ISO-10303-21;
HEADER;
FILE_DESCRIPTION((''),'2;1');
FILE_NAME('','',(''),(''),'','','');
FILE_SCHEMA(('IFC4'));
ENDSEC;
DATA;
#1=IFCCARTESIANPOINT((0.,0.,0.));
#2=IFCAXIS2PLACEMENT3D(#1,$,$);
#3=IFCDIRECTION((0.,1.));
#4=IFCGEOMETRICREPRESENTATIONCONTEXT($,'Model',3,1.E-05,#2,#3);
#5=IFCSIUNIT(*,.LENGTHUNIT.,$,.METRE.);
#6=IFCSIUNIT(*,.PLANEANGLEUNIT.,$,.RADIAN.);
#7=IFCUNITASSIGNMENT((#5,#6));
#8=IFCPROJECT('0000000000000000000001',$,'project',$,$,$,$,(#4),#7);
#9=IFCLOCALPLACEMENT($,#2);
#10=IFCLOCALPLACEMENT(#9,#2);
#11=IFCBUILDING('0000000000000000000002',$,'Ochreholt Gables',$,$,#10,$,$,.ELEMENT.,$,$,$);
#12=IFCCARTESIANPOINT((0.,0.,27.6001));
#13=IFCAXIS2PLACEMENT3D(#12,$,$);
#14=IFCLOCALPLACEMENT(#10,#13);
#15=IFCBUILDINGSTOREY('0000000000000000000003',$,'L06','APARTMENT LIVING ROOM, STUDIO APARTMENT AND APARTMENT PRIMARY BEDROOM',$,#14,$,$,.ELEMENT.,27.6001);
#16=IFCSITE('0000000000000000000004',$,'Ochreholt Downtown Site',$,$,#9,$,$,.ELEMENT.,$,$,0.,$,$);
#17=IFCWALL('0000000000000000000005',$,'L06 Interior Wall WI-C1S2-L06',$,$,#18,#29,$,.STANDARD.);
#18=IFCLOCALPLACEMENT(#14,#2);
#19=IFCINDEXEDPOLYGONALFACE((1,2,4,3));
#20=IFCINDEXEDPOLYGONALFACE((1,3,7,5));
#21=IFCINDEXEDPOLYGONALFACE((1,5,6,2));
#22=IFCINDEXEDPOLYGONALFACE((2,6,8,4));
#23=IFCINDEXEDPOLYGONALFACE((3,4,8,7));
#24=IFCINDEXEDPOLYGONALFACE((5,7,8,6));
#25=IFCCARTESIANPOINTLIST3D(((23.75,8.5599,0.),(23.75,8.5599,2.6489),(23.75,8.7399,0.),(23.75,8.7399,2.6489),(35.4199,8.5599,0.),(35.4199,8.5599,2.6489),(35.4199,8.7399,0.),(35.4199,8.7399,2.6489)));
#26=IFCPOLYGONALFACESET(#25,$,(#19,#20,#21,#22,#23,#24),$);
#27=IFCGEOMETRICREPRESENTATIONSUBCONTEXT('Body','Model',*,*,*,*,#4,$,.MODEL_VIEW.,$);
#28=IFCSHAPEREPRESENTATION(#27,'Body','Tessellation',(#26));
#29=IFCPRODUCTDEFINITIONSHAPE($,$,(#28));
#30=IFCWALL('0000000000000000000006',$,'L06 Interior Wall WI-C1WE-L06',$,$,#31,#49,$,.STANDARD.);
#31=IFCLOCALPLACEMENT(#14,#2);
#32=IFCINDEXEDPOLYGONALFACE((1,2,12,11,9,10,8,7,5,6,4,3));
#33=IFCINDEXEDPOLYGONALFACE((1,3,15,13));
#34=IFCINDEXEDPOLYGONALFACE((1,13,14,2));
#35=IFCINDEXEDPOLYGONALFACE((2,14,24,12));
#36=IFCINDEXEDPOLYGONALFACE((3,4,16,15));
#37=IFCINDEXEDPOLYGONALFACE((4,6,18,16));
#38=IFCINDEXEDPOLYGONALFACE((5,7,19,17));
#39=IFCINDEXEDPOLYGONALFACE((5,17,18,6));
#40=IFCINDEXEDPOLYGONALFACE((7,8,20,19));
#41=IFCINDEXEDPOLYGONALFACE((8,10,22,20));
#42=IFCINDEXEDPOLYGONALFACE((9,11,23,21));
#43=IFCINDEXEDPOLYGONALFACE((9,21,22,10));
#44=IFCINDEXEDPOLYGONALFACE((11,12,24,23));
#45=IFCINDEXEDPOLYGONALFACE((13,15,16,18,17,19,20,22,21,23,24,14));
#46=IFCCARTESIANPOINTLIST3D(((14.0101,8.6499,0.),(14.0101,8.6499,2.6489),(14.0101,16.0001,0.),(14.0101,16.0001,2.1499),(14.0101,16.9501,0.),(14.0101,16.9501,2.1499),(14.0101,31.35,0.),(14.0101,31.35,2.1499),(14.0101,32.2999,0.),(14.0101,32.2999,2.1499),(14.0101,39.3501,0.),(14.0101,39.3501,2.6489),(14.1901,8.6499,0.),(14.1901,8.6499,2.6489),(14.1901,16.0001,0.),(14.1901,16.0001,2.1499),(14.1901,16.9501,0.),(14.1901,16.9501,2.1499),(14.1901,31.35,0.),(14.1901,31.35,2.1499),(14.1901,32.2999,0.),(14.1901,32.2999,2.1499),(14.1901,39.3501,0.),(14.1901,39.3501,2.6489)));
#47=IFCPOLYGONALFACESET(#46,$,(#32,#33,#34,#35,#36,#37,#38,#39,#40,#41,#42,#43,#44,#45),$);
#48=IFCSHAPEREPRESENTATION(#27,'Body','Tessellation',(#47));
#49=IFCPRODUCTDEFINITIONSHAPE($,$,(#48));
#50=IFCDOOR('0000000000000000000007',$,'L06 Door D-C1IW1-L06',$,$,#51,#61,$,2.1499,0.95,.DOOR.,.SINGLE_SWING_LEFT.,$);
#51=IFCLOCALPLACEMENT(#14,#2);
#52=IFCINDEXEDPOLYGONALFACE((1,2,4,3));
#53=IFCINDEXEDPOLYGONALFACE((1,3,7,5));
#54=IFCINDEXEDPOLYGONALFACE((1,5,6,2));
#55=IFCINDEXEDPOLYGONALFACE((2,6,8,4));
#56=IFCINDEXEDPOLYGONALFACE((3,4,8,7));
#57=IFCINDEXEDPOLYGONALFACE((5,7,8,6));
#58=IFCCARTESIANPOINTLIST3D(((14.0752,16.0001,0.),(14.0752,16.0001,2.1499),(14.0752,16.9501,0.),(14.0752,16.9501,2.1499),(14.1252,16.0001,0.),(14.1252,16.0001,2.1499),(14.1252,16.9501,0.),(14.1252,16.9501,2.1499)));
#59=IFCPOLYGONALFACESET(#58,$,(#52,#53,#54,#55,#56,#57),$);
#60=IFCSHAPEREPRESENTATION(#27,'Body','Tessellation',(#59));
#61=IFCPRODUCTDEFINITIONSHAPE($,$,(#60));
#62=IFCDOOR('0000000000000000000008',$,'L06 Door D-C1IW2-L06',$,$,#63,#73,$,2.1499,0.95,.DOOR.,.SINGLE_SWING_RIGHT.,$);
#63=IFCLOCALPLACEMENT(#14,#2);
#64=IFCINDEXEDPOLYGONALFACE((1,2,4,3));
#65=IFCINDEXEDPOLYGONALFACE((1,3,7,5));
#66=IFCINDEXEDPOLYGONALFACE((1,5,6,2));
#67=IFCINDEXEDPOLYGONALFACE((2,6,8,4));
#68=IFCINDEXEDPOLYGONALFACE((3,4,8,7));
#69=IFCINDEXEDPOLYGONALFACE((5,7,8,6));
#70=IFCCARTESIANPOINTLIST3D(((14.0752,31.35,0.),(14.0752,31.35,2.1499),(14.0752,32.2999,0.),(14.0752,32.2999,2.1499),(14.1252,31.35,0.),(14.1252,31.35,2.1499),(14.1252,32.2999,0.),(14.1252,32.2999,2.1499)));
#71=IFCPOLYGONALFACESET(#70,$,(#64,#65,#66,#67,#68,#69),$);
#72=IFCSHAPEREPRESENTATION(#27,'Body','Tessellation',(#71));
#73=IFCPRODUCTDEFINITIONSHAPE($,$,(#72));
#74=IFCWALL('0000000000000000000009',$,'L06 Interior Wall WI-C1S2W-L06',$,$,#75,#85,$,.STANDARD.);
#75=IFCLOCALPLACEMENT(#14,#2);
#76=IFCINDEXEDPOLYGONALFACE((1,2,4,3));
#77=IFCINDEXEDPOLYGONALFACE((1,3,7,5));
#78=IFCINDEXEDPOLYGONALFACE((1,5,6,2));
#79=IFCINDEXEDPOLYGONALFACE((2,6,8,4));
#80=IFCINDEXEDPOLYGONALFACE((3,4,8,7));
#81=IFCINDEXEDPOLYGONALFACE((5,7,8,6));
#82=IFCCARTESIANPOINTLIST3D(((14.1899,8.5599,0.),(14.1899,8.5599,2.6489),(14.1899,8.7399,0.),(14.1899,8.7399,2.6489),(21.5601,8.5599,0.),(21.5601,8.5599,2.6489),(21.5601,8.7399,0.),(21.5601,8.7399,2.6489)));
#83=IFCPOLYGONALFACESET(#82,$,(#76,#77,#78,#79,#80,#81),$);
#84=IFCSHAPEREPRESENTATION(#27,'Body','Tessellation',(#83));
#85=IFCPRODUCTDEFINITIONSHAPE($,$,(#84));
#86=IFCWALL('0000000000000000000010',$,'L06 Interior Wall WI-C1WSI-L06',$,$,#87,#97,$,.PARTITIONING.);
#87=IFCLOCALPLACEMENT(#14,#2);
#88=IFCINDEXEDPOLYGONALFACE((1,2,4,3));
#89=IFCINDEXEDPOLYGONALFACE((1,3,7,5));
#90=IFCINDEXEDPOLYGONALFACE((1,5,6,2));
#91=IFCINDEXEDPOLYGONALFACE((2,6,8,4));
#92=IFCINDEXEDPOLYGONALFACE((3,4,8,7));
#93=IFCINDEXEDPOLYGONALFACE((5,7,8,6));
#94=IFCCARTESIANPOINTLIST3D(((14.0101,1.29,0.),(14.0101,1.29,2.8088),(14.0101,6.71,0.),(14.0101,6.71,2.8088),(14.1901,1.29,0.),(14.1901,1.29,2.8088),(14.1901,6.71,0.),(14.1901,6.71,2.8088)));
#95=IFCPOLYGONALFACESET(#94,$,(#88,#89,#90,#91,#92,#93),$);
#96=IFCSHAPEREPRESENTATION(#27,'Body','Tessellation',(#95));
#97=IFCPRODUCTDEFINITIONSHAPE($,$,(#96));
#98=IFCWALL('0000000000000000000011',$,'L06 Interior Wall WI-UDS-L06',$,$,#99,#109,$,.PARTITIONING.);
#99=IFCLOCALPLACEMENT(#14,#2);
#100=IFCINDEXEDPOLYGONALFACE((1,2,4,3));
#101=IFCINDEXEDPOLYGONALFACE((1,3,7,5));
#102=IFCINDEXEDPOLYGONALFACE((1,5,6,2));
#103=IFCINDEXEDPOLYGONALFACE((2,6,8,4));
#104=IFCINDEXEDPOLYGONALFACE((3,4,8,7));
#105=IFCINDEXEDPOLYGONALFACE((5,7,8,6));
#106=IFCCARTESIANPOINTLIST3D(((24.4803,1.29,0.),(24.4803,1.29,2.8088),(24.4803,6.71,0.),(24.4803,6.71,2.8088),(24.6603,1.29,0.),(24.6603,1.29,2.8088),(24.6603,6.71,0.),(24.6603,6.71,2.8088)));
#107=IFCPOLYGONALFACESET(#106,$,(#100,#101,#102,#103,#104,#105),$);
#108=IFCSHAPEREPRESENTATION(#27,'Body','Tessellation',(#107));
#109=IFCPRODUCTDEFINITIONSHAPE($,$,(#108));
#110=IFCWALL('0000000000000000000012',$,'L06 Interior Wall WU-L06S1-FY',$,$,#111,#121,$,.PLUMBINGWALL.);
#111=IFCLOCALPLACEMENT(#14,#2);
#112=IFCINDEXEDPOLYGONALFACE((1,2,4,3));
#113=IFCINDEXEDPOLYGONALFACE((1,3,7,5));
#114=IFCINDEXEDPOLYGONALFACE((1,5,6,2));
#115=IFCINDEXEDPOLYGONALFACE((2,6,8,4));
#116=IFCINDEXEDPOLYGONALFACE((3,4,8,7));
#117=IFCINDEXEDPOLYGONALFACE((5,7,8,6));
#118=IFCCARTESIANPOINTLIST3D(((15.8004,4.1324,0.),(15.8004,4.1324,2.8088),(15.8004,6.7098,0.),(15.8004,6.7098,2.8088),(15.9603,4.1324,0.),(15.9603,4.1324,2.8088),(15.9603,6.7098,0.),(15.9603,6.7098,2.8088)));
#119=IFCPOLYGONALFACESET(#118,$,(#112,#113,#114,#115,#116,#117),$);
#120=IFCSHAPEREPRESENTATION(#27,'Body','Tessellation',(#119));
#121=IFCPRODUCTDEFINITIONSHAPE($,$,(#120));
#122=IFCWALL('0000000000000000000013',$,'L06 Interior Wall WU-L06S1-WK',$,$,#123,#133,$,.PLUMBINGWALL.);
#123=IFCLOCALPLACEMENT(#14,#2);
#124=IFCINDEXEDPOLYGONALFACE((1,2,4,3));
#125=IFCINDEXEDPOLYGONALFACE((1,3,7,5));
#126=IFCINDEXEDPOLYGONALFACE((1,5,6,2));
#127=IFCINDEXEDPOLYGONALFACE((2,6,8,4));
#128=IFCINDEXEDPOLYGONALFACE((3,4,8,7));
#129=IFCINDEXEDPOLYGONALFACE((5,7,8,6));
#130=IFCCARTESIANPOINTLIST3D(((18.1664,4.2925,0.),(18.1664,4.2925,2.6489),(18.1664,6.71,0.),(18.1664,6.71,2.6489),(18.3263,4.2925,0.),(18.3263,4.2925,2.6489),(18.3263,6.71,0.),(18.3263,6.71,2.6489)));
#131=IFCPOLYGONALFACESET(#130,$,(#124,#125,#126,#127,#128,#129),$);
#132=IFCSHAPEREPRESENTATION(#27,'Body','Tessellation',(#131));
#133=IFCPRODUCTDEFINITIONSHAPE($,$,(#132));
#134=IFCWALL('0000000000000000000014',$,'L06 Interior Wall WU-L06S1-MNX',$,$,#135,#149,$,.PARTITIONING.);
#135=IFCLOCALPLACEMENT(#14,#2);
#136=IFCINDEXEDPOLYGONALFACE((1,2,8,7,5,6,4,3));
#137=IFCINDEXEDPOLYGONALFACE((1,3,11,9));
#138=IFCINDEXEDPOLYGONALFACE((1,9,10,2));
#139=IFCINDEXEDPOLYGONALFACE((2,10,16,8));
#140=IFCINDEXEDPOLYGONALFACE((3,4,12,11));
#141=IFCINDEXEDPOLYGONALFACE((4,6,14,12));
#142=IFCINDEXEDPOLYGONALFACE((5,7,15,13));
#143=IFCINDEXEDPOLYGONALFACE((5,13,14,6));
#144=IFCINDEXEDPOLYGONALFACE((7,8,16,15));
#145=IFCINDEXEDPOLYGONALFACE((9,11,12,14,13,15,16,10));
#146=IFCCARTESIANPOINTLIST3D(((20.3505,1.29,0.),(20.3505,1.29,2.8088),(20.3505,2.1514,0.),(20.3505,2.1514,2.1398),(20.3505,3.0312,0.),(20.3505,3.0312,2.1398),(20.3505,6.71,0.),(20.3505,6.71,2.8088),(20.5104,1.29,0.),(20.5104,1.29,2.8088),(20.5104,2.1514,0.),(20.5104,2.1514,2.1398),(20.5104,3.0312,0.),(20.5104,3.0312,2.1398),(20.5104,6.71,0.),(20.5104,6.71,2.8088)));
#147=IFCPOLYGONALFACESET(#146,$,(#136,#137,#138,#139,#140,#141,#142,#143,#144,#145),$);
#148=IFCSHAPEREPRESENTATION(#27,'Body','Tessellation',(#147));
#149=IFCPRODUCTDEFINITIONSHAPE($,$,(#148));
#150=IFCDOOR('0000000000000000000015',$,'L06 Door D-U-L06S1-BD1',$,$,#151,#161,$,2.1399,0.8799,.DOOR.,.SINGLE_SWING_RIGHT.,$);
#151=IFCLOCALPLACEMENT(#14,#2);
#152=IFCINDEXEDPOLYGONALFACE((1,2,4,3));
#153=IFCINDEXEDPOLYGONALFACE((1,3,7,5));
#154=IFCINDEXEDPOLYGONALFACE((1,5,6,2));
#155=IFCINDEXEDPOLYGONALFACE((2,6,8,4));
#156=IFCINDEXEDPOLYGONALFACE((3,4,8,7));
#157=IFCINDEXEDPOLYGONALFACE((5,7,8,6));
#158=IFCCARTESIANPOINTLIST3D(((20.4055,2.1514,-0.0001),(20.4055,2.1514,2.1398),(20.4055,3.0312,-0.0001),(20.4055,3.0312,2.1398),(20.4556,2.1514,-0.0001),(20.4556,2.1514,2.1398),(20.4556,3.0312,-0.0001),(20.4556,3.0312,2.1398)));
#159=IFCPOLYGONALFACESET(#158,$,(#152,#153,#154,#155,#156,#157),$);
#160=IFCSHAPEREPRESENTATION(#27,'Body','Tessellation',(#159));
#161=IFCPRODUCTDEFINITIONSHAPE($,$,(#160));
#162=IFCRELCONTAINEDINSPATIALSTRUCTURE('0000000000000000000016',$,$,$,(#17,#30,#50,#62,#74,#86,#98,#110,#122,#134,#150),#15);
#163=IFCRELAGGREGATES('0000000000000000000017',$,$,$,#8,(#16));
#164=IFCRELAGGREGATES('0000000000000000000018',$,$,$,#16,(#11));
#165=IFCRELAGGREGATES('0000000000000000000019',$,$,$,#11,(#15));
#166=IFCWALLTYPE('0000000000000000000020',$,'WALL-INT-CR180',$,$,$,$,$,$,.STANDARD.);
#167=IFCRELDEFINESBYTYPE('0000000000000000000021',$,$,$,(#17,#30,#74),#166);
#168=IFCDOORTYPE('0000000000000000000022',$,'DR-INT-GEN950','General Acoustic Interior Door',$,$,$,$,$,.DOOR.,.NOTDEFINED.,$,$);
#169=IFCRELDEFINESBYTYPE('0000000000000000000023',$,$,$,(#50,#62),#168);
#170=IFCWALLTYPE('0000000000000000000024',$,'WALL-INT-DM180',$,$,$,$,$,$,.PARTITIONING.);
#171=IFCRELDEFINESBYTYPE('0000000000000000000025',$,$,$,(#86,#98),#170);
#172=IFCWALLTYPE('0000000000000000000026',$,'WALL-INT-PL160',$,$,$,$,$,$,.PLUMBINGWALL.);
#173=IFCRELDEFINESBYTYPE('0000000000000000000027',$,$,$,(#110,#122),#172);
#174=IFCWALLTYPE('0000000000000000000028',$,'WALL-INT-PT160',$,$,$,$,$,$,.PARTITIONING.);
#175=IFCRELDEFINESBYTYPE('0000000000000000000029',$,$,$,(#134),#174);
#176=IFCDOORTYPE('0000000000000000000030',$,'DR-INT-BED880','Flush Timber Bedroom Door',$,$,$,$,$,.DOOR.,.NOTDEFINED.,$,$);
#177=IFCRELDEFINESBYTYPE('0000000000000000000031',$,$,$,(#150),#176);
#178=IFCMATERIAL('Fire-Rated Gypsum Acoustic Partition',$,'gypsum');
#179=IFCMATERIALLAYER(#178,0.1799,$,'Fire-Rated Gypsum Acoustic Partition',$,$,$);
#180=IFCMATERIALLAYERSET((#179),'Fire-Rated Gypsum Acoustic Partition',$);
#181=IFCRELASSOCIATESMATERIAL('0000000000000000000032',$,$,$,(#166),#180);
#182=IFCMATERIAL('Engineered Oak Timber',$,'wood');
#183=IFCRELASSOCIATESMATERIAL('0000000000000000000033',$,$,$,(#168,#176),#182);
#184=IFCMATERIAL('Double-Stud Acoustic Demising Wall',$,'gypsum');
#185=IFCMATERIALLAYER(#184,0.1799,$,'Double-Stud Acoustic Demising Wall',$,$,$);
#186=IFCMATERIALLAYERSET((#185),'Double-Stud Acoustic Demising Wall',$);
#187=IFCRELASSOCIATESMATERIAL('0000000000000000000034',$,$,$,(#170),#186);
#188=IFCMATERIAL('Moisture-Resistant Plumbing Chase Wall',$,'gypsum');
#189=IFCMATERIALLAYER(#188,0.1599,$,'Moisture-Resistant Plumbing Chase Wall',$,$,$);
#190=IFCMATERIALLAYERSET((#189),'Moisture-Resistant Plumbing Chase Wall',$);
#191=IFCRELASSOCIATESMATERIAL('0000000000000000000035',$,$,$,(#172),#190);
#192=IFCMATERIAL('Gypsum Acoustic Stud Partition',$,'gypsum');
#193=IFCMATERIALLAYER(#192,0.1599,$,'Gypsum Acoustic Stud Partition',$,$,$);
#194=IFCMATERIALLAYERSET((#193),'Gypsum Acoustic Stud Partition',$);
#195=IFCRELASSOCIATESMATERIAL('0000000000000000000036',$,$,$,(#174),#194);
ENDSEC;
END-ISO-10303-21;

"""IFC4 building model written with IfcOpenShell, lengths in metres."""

from ifc_helpers import new_model, si_unit, direction, frame, frame_2d, origin, place, context, subcontext, project, spatial, rectangle, extrude, material, layer, layer_set, type_object, element, fill, save


model = new_model("IFC4")

# Units and contexts
model_context = context("Model", 3, precision=1e-05, world=origin(), true_north=direction((0.0, 1.0)))
body_context = subcontext(model_context, "Body", "Model", "MODEL_VIEW")
ifc_project = project(units=[si_unit("LENGTHUNIT", "METRE"), si_unit("PLANEANGLEUNIT", "RADIAN")], contexts=[model_context])

# Site, building, storey
site_placement = place(None, origin())
site = spatial("IfcSite", under=ifc_project, at=site_placement, Name="Ochreholt Downtown Site", CompositionType="ELEMENT", RefElevation=0.0)
building_placement = place(site_placement, origin())
building = spatial("IfcBuilding", under=site, at=building_placement, Name="Ochreholt Gables", CompositionType="ELEMENT")
storey_placement = place(building_placement, frame((0.0, 0.0, 27.6001)))
storey = spatial("IfcBuildingStorey", under=building, at=storey_placement, Name="L06", Description="APARTMENT LIVING ROOM, STUDIO APARTMENT AND APARTMENT PRIMARY BEDROOM", CompositionType="ELEMENT", Elevation=27.6001)

# Shared definitions
ifc_material_1 = material(Name="Fire-Rated Gypsum Acoustic Partition", Category="gypsum")
ifc_layer_1 = layer(ifc_material_1, 0.1799, Name="Fire-Rated Gypsum Acoustic Partition")
ifc_layer_set_1 = layer_set([ifc_layer_1], Name="Fire-Rated Gypsum Acoustic Partition")
wall_type_1 = type_object("IfcWallType", Name="WALL-INT-CR180", PredefinedType="STANDARD", material=ifc_layer_set_1)

# Shared definitions
ifc_material_2 = material(Name="Engineered Oak Timber", Category="wood")

# Wall
wall_1_placement = place(storey_placement, frame((23.75, 8.6499, 0.0), z_axis=(0.0, 0.0, 1.0), x_axis=(1.0, 0.0, 0.0)))
element("IfcWall", 1, at=wall_1_placement, inside=storey, type_object=wall_type_1, Name="L06 Interior Wall WI-C1S2-L06", PredefinedType="STANDARD", context=body_context, shape_type="SweptSolid", body=[
    extrude(rectangle(XDim=11.6699, YDim=0.1799, at=frame_2d((5.835, 0.0))), origin(), (0.0, 0.0, 1.0), 2.6489),
])

# Wall, openings, doors
wall_2_placement = place(storey_placement, frame((14.1001, 8.6499, 0.0), z_axis=(0.0, 0.0, 1.0), x_axis=(0.0, 1.0, 0.0)))
wall_2 = element("IfcWall", 2, at=wall_2_placement, inside=storey, type_object=wall_type_1, Name="L06 Interior Wall WI-C1WE-L06", PredefinedType="STANDARD", context=body_context, shape_type="SweptSolid", body=[
    extrude(rectangle(XDim=30.7002, YDim=0.1799, at=frame_2d((15.3501, 0.0))), origin(), (0.0, 0.0, 1.0), 2.6489),
])
opening_1_placement = place(wall_2_placement, frame((7.3501, 0.0, 0.0)))
opening_1 = element("IfcOpeningElement", 3, at=opening_1_placement, cuts=wall_2, PredefinedType="OPENING", context=body_context, shape_type="SweptSolid", body=[
    extrude(rectangle(XDim=0.95, YDim=2.1499, at=frame_2d((0.4751, 1.075))), frame((0.0, 0.0999, 0.0), z_axis=(0.0, -1.0, 0.0), x_axis=(1.0, 0.0, 0.0)), (0.0, 0.0, 1.0), 0.2),
])
opening_2_placement = place(wall_2_placement, frame((22.7, 0.0, 0.0)))
opening_2 = element("IfcOpeningElement", 4, at=opening_2_placement, cuts=wall_2, PredefinedType="OPENING", context=body_context, shape_type="SweptSolid", body=[
    extrude(rectangle(XDim=0.95, YDim=2.1499, at=frame_2d((0.4751, 1.075))), frame((0.0, 0.0999, 0.0), z_axis=(0.0, -1.0, 0.0), x_axis=(1.0, 0.0, 0.0)), (0.0, 0.0, 1.0), 0.2),
])
door_type_1 = type_object("IfcDoorType", Name="DR-INT-GEN950", Description="General Acoustic Interior Door", OperationType="NOTDEFINED", PredefinedType="DOOR", material=ifc_material_2)
door_1_placement = place(opening_1_placement, origin())
door_1 = element("IfcDoor", 5, at=door_1_placement, inside=storey, type_object=door_type_1, Name="L06 Door D-C1IW1-L06", OperationType="SINGLE_SWING_LEFT", OverallHeight=2.1499, OverallWidth=0.95, PredefinedType="DOOR", context=body_context, shape_type="SweptSolid", body=[
    extrude(rectangle(XDim=0.95, YDim=2.1499, at=frame_2d((0.4751, 1.075))), frame((0.0, 0.0249, 0.0), z_axis=(0.0, -1.0, 0.0), x_axis=(1.0, 0.0, 0.0)), (0.0, 0.0, 1.0), 0.05),
])
fill(opening_1, door_1)
door_2_placement = place(opening_2_placement, origin())
door_2 = element("IfcDoor", 6, at=door_2_placement, inside=storey, type_object=door_type_1, Name="L06 Door D-C1IW2-L06", OperationType="SINGLE_SWING_RIGHT", OverallHeight=2.1499, OverallWidth=0.95, PredefinedType="DOOR", context=body_context, shape_type="SweptSolid", body=[
    extrude(rectangle(XDim=0.95, YDim=2.1499, at=frame_2d((0.4751, 1.075))), frame((0.0, 0.0249, 0.0), z_axis=(0.0, -1.0, 0.0), x_axis=(1.0, 0.0, 0.0)), (0.0, 0.0, 1.0), 0.05),
])
fill(opening_2, door_2)

# Walls
wall_3_placement = place(storey_placement, frame((14.1899, 8.6499, 0.0), z_axis=(0.0, 0.0, 1.0), x_axis=(1.0, 0.0, 0.0)))
element("IfcWall", 7, at=wall_3_placement, inside=storey, type_object=wall_type_1, Name="L06 Interior Wall WI-C1S2W-L06", PredefinedType="STANDARD", context=body_context, shape_type="SweptSolid", body=[
    extrude(rectangle(XDim=7.3701, YDim=0.1799, at=frame_2d((3.6851, 0.0))), origin(), (0.0, 0.0, 1.0), 2.6489),
])
ifc_material_3 = material(Name="Double-Stud Acoustic Demising Wall", Category="gypsum")
ifc_layer_2 = layer(ifc_material_3, 0.1799, Name="Double-Stud Acoustic Demising Wall")
ifc_layer_set_2 = layer_set([ifc_layer_2], Name="Double-Stud Acoustic Demising Wall")
wall_type_2 = type_object("IfcWallType", Name="WALL-INT-DM180", PredefinedType="PARTITIONING", material=ifc_layer_set_2)
for number, where, z_axis, x_axis, name in (
    (8, (14.1001, 1.29, 0.0), (0.0, 0.0, 1.0), (0.0, 1.0, 0.0), "L06 Interior Wall WI-C1WSI-L06"),
    (9, (24.5703, 1.29, 0.0), (0.0, 0.0, 1.0), (0.0, 1.0, 0.0), "L06 Interior Wall WI-UDS-L06"),
):
    element("IfcWall", number, at=place(storey_placement, frame(where, z_axis=z_axis, x_axis=x_axis)), inside=storey, type_object=wall_type_2, Name=name, PredefinedType="PARTITIONING", context=body_context, shape_type="SweptSolid", body=[
        extrude(rectangle(XDim=5.4199, YDim=0.1799, at=frame_2d((2.71, 0.0))), origin(), (0.0, 0.0, 1.0), 2.8088),
    ])

# Shared definitions
ifc_material_4 = material(Name="Moisture-Resistant Plumbing Chase Wall", Category="gypsum")
ifc_layer_3 = layer(ifc_material_4, 0.1599, Name="Moisture-Resistant Plumbing Chase Wall")
ifc_layer_set_3 = layer_set([ifc_layer_3], Name="Moisture-Resistant Plumbing Chase Wall")
wall_type_3 = type_object("IfcWallType", Name="WALL-INT-PL160", PredefinedType="PLUMBINGWALL", material=ifc_layer_set_3)

# Walls
wall_4_placement = place(storey_placement, frame((15.8804, 4.1326, 0.0), z_axis=(0.0, 0.0, 1.0), x_axis=(0.0, 1.0, 0.0)))
element("IfcWall", 10, at=wall_4_placement, inside=storey, type_object=wall_type_3, Name="L06 Interior Wall WU-L06S1-FY", PredefinedType="PLUMBINGWALL", context=body_context, shape_type="SweptSolid", body=[
    extrude(rectangle(XDim=2.5774, YDim=0.1599, at=frame_2d((1.2886, 0.0))), origin(), (0.0, 0.0, 1.0), 2.8088),
])
wall_5_placement = place(storey_placement, frame((18.2463, 4.2925, 0.0), z_axis=(0.0, 0.0, 1.0), x_axis=(0.0, 1.0, 0.0)))
element("IfcWall", 11, at=wall_5_placement, inside=storey, type_object=wall_type_3, Name="L06 Interior Wall WU-L06S1-WK", PredefinedType="PLUMBINGWALL", context=body_context, shape_type="SweptSolid", body=[
    extrude(rectangle(XDim=2.4175, YDim=0.1599, at=frame_2d((1.2087, 0.0))), origin(), (0.0, 0.0, 1.0), 2.6489),
])

# Wall, opening, door
ifc_material_5 = material(Name="Gypsum Acoustic Stud Partition", Category="gypsum")
ifc_layer_4 = layer(ifc_material_5, 0.1599, Name="Gypsum Acoustic Stud Partition")
ifc_layer_set_4 = layer_set([ifc_layer_4], Name="Gypsum Acoustic Stud Partition")
wall_type_4 = type_object("IfcWallType", Name="WALL-INT-PT160", PredefinedType="PARTITIONING", material=ifc_layer_set_4)
wall_6_placement = place(storey_placement, frame((20.4304, 1.29, 0.0), z_axis=(0.0, 0.0, 1.0), x_axis=(0.0, 1.0, 0.0)))
wall_6 = element("IfcWall", 12, at=wall_6_placement, inside=storey, type_object=wall_type_4, Name="L06 Interior Wall WU-L06S1-MNX", PredefinedType="PARTITIONING", context=body_context, shape_type="SweptSolid", body=[
    extrude(rectangle(XDim=5.4199, YDim=0.1599, at=frame_2d((2.71, 0.0))), origin(), (0.0, 0.0, 1.0), 2.8088),
])
opening_3_placement = place(wall_6_placement, frame((0.8613, 0.0, 0.0)))
opening_3 = element("IfcOpeningElement", 13, at=opening_3_placement, cuts=wall_6, PredefinedType="OPENING", context=body_context, shape_type="SweptSolid", body=[
    extrude(rectangle(XDim=0.8799, YDim=2.1399, at=frame_2d((0.4399, 1.0698))), frame((0.0, 0.0898, 0.0), z_axis=(0.0, -1.0, 0.0), x_axis=(1.0, 0.0, 0.0)), (0.0, 0.0, 1.0), 0.1799),
])
door_type_2 = type_object("IfcDoorType", Name="DR-INT-BED880", Description="Flush Timber Bedroom Door", OperationType="NOTDEFINED", PredefinedType="DOOR", material=ifc_material_2)
door_3_placement = place(opening_3_placement, origin())
door_3 = element("IfcDoor", 14, at=door_3_placement, inside=storey, type_object=door_type_2, Name="L06 Door D-U-L06S1-BD1", OperationType="SINGLE_SWING_RIGHT", OverallHeight=2.1399, OverallWidth=0.8799, PredefinedType="DOOR", context=body_context, shape_type="SweptSolid", body=[
    extrude(rectangle(XDim=0.8799, YDim=2.1399, at=frame_2d((0.4399, 1.0698))), frame((0.0, 0.0249, 0.0), z_axis=(0.0, -1.0, 0.0), x_axis=(1.0, 0.0, 0.0)), (0.0, 0.0, 1.0), 0.05),
])
fill(opening_3, door_3)

save(model, "model.ifc")
